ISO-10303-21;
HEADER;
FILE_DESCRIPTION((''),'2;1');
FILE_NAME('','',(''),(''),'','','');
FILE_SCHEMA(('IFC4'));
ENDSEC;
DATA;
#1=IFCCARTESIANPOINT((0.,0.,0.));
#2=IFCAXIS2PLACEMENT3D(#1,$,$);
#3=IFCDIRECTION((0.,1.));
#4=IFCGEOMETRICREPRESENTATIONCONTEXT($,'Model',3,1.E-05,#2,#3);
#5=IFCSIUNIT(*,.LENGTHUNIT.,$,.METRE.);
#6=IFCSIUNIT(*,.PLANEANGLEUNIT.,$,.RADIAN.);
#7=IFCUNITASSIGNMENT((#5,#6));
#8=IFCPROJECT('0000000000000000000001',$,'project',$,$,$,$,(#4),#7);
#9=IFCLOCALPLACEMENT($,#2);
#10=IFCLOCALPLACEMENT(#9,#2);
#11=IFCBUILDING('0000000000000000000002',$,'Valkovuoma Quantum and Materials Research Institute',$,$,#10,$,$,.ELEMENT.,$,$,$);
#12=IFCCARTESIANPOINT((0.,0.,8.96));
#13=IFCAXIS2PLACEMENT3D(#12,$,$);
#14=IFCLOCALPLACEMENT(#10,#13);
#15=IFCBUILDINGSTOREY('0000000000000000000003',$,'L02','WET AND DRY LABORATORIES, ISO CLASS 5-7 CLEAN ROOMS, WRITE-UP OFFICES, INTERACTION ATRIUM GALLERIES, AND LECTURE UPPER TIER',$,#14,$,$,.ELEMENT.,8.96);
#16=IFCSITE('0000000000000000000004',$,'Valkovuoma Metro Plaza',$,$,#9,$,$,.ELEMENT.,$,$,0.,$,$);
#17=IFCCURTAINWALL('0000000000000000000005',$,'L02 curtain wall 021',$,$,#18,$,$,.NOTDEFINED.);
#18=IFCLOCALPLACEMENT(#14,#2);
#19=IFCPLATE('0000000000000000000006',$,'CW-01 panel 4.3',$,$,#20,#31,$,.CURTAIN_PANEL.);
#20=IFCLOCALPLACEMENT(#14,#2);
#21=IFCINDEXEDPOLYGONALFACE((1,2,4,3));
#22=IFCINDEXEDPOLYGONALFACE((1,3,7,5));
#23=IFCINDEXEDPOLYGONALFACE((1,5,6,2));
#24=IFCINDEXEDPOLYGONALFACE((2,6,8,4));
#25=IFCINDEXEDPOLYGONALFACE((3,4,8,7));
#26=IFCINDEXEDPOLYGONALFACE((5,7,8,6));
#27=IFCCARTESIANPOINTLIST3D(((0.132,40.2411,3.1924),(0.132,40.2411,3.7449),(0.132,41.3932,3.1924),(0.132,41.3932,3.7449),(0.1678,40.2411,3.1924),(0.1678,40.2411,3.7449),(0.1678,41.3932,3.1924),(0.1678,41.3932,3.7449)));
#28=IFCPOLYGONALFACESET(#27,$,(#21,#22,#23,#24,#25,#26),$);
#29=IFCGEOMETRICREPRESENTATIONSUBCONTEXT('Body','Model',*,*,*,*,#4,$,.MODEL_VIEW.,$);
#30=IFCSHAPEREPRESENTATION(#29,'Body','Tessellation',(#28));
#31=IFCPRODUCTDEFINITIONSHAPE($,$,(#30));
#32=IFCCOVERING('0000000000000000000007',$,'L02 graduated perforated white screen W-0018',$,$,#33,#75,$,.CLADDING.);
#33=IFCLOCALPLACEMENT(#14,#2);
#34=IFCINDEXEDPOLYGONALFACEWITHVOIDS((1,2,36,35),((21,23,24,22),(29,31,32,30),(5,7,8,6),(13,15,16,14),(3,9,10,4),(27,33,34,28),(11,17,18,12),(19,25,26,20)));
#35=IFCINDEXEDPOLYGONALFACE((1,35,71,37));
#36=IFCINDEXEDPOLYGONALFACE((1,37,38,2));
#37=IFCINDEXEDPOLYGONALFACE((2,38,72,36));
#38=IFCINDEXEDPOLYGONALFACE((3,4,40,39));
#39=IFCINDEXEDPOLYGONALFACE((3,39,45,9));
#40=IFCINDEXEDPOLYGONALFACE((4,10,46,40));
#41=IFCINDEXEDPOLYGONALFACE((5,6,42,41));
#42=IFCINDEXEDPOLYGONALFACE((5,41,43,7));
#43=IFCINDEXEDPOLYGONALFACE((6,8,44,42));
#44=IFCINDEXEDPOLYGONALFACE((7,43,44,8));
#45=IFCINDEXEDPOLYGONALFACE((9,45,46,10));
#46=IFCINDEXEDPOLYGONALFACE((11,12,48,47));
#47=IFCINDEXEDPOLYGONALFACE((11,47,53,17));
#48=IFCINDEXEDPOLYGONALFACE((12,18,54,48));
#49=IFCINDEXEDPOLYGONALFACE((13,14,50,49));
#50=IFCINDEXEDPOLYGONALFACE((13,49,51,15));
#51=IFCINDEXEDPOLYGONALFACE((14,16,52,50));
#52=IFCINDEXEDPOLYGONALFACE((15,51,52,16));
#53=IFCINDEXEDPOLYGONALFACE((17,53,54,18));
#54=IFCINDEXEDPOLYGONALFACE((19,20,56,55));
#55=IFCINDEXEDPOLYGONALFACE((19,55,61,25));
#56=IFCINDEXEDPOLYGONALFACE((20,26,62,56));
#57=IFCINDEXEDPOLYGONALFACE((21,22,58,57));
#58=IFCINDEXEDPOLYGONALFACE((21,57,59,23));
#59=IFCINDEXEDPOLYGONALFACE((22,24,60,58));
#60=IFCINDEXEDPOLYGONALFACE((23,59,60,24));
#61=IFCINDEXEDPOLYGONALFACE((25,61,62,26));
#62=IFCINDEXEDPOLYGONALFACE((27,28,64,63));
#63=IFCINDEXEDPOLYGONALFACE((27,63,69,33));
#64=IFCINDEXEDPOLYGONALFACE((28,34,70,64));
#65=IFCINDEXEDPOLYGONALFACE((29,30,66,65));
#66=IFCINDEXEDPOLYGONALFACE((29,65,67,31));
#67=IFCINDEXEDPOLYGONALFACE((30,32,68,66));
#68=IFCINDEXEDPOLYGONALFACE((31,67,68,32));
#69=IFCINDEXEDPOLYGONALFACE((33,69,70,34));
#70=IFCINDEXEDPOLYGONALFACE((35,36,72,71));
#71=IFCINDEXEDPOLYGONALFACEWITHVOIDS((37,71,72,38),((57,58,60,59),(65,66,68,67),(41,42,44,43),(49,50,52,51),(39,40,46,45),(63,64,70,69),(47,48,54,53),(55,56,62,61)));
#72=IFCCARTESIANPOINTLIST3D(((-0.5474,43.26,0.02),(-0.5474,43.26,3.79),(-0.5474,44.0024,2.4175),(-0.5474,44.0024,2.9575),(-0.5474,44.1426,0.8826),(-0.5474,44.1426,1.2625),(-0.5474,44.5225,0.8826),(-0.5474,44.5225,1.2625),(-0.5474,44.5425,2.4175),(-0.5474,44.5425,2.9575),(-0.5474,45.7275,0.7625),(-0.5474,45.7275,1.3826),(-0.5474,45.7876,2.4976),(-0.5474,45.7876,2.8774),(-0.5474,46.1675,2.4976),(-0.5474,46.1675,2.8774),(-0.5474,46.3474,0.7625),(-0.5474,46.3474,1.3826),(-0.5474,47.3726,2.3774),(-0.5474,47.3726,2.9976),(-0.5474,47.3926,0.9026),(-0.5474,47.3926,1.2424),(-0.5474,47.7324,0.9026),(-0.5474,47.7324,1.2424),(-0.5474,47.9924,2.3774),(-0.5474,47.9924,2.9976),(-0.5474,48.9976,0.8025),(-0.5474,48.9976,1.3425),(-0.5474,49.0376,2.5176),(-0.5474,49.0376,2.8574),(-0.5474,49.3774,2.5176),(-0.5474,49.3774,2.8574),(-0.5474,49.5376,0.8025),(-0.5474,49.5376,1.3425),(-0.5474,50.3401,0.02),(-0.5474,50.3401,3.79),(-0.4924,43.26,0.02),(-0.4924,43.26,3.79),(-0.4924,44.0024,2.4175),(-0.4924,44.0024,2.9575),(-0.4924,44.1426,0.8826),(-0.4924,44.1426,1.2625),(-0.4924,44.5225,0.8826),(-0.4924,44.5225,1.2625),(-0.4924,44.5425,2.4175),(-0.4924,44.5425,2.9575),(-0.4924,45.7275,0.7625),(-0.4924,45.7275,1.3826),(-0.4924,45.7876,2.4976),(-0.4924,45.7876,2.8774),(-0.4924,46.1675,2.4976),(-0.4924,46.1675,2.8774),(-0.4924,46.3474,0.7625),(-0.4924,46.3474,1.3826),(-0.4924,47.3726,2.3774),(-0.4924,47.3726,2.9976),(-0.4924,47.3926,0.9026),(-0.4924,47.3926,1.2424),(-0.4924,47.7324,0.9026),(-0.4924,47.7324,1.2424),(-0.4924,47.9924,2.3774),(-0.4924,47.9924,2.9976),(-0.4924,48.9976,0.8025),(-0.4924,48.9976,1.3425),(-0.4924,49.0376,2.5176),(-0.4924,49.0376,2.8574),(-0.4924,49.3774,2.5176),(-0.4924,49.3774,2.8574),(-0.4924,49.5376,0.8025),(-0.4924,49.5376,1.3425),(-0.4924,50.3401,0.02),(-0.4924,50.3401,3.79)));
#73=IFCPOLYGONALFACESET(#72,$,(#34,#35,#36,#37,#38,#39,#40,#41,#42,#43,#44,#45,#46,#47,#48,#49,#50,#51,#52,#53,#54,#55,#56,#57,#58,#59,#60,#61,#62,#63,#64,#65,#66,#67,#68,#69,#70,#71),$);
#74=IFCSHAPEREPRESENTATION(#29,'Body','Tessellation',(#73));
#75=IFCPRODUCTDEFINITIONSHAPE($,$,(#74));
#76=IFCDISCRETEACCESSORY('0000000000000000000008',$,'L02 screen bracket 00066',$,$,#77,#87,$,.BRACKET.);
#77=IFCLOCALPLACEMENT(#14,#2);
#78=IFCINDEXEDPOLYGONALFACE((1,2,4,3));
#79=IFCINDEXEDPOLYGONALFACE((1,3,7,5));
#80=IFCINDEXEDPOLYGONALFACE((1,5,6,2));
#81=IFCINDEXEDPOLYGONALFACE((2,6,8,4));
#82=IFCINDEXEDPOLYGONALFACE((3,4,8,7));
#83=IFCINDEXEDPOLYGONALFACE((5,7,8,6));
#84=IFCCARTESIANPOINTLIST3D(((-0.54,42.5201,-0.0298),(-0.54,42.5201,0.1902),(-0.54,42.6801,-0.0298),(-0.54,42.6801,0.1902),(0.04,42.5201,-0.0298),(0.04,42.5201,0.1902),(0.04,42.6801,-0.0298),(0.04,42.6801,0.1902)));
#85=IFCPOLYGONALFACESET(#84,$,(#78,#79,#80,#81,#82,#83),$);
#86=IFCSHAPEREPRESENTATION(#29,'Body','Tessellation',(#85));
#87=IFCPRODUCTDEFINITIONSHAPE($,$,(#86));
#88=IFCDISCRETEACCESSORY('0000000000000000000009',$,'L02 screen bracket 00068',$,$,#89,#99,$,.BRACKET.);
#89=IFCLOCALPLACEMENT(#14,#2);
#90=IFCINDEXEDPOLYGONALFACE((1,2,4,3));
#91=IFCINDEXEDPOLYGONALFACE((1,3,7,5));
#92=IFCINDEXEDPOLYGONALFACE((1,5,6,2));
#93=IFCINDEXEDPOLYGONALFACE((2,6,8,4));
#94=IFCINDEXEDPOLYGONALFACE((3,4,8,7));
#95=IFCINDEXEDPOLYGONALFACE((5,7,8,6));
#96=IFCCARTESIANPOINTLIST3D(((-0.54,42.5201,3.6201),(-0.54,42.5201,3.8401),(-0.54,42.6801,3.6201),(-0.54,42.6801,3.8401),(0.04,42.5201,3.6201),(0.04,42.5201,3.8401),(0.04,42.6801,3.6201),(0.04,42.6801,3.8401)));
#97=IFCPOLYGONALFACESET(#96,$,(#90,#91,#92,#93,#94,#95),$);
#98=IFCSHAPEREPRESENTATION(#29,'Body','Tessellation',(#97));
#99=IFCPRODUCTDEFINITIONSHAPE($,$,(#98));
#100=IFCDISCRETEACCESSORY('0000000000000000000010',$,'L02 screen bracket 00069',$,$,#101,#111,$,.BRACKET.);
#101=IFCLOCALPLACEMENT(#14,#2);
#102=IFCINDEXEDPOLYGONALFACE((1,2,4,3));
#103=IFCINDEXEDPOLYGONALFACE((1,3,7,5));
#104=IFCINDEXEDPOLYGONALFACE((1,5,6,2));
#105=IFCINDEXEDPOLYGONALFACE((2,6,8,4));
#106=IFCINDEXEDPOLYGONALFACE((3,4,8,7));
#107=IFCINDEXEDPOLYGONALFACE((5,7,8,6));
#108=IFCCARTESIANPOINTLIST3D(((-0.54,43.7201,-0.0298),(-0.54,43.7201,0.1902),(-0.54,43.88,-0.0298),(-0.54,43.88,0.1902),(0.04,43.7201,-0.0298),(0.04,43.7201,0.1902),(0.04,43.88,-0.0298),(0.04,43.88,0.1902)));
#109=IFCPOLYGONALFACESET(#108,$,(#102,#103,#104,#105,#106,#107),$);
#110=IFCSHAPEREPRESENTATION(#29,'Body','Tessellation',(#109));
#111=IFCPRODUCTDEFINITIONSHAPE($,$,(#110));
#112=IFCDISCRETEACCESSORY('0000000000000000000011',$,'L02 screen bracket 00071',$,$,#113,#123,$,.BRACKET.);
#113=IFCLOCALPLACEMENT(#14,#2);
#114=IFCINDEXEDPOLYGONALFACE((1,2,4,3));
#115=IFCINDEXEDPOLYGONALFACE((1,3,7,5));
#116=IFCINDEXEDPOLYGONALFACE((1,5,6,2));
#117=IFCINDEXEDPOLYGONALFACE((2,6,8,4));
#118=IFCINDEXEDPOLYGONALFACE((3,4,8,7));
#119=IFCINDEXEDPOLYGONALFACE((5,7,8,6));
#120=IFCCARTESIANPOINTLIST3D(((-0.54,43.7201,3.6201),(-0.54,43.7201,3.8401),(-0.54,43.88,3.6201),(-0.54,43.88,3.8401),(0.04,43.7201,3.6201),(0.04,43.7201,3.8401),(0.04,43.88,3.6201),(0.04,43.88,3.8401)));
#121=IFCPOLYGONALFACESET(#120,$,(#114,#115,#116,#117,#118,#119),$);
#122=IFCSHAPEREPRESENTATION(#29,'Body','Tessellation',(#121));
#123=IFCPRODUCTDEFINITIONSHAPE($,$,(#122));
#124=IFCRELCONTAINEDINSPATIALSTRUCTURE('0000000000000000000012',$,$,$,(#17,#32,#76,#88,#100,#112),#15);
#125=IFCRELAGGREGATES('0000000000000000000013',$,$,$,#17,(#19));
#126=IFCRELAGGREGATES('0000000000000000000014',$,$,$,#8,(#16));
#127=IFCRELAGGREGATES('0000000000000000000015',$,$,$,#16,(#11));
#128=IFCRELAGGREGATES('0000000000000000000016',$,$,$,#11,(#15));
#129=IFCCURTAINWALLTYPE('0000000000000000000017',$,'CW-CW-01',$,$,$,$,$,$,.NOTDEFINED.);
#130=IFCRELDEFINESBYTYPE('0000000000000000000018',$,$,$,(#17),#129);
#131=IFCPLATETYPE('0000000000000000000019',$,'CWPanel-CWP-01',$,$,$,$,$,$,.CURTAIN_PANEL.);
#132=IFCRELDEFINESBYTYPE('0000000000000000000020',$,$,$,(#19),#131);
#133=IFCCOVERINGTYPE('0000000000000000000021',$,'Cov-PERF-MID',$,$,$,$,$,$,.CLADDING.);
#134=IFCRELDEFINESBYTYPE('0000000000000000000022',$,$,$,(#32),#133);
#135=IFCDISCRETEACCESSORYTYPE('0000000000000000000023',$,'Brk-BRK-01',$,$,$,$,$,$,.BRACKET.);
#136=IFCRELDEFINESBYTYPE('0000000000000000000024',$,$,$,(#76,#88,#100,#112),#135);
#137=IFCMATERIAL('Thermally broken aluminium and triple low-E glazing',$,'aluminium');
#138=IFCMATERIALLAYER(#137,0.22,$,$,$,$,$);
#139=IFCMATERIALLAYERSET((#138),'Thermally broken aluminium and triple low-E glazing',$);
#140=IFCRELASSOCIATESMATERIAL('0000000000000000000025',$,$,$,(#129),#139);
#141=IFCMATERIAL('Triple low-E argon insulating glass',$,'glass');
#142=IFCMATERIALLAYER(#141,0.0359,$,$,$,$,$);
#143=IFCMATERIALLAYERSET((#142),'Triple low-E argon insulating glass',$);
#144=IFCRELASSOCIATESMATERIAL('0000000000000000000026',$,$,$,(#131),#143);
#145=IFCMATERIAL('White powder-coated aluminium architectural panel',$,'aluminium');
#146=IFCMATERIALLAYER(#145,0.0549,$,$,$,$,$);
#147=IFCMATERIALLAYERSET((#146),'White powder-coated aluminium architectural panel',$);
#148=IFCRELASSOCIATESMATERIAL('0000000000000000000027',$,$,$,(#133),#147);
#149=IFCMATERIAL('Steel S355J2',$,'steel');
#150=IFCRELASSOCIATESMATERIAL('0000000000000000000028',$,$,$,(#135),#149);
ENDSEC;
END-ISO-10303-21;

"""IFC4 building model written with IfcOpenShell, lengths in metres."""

from ifc_helpers import new_model, si_unit, direction, frame, origin, origin_2d, place, context, subcontext, project, spatial, polyline, rectangle, outline, extrude, material, layer, layer_set, type_object, element, aggregate, save


model = new_model("IFC4")

# Units and contexts
model_context = context("Model", 3, precision=1e-05, world=origin(), true_north=direction((0.0, 1.0)))
body_context = subcontext(model_context, "Body", "Model", "MODEL_VIEW")
ifc_project = project(units=[si_unit("LENGTHUNIT", "METRE"), si_unit("PLANEANGLEUNIT", "RADIAN")], contexts=[model_context])

# Site, building, storey
site_placement = place(None, origin())
site = spatial("IfcSite", under=ifc_project, at=site_placement, Name="Valkovuoma Metro Plaza", CompositionType="ELEMENT", RefElevation=0.0)
building_placement = place(site_placement, origin())
building = spatial("IfcBuilding", under=site, at=building_placement, Name="Valkovuoma Quantum and Materials Research Institute", CompositionType="ELEMENT")
storey_placement = place(building_placement, frame((0.0, 0.0, 8.96)))
storey = spatial("IfcBuildingStorey", under=building, at=storey_placement, Name="L02", Description="WET AND DRY LABORATORIES, ISO CLASS 5-7 CLEAN ROOMS, WRITE-UP OFFICES, INTERACTION ATRIUM GALLERIES, AND LECTURE UPPER TIER", CompositionType="ELEMENT", Elevation=8.96)

# Curtain wall, plate
ifc_material_1 = material(Name="Thermally broken aluminium and triple low-E glazing", Category="aluminium")
ifc_layer_1 = layer(ifc_material_1, 0.22)
ifc_layer_set_1 = layer_set([ifc_layer_1], Name="Thermally broken aluminium and triple low-E glazing")
curtain_wall_type = type_object("IfcCurtainWallType", Name="CW-CW-01", PredefinedType="NOTDEFINED", material=ifc_layer_set_1)
curtain_wall_placement = place(storey_placement, origin())
curtain_wall = element("IfcCurtainWall", 1, at=curtain_wall_placement, inside=storey, type_object=curtain_wall_type, Name="L02 curtain wall 021", PredefinedType="NOTDEFINED")
ifc_material_2 = material(Name="Triple low-E argon insulating glass", Category="glass")
ifc_layer_2 = layer(ifc_material_2, 0.0359)
ifc_layer_set_2 = layer_set([ifc_layer_2], Name="Triple low-E argon insulating glass")
plate_type = type_object("IfcPlateType", Name="CWPanel-CWP-01", PredefinedType="CURTAIN_PANEL", material=ifc_layer_set_2)
plate_1_placement = place(storey_placement, frame((0.1499, 40.8171, 3.1924), z_axis=(0.0, 0.0, 1.0), x_axis=(0.0, 1.0, 0.0)))
plate_1 = element("IfcPlate", 2, at=plate_1_placement, type_object=plate_type, Name="CW-01 panel 4.3", PredefinedType="CURTAIN_PANEL", context=body_context, shape_type="SweptSolid", body=[
    extrude(rectangle(XDim=1.1521, YDim=0.0359, at=origin_2d()), origin(), (0.0, 0.0, 1.0), 0.5525),
])
aggregate(curtain_wall, [plate_1])

# Covering
ifc_material_3 = material(Name="White powder-coated aluminium architectural panel", Category="aluminium")
ifc_layer_3 = layer(ifc_material_3, 0.0549)
ifc_layer_set_3 = layer_set([ifc_layer_3], Name="White powder-coated aluminium architectural panel")
covering_type = type_object("IfcCoveringType", Name="Cov-PERF-MID", PredefinedType="CLADDING", material=ifc_layer_set_3)
covering_placement = place(storey_placement, frame((-0.52, 43.26, 0.02), z_axis=(0.0, 0.0, 1.0), x_axis=(0.0, 1.0, 0.0)))
element("IfcCovering", 3, at=covering_placement, inside=storey, type_object=covering_type, Name="L02 graduated perforated white screen W-0018", PredefinedType="CLADDING", context=body_context, shape_type="SweptSolid", body=[
    extrude(outline(polyline([(0.0, 0.0), (7.0801, 0.0), (7.0801, 3.77), (0.0, 3.77), (0.0, 0.0)]), holes=[polyline([(0.8826, 0.8625), (0.8826, 1.2424), (1.2625, 1.2424), (1.2625, 0.8625), (0.8826, 0.8625)]), polyline([(0.7424, 2.3975), (0.7424, 2.9375), (1.2825, 2.9375), (1.2825, 2.3975), (0.7424, 2.3975)]), polyline([(2.4675, 0.7424), (2.4675, 1.3625), (3.0874, 1.3625), (3.0874, 0.7424), (2.4675, 0.7424)]), polyline([(2.5276, 2.4775), (2.5276, 2.8574), (2.9075, 2.8574), (2.9075, 2.4775), (2.5276, 2.4775)]), polyline([(4.1326, 0.8826), (4.1326, 1.2224), (4.4724, 1.2224), (4.4724, 0.8826), (4.1326, 0.8826)]), polyline([(4.1125, 2.3574), (4.1125, 2.9775), (4.7324, 2.9775), (4.7324, 2.3574), (4.1125, 2.3574)]), polyline([(5.7375, 0.7825), (5.7375, 1.3225), (6.2776, 1.3225), (6.2776, 0.7825), (5.7375, 0.7825)]), polyline([(5.7776, 2.4976), (5.7776, 2.8374), (6.1174, 2.8374), (6.1174, 2.4976), (5.7776, 2.4976)])]), frame((0.0, 0.0273, 0.0), z_axis=(0.0, -1.0, 0.0), x_axis=(1.0, 0.0, 0.0)), (0.0, 0.0, 1.0), 0.0549),
])

# Discrete accessories
ifc_material_4 = material(Name="Steel S355J2", Category="steel")
discrete_accessory_type = type_object("IfcDiscreteAccessoryType", Name="Brk-BRK-01", PredefinedType="BRACKET", material=ifc_material_4)
for number, where, z_axis, x_axis, name in (
    (4, (-0.25, 42.6001, -0.0298), (0.0, 0.0, 1.0), (1.0, 0.0, 0.0), "L02 screen bracket 00066"),
    (5, (-0.25, 42.6001, 3.6201), (0.0, 0.0, 1.0), (1.0, 0.0, 0.0), "L02 screen bracket 00068"),
    (6, (-0.25, 43.8, -0.0298), (0.0, 0.0, 1.0), (1.0, 0.0, 0.0), "L02 screen bracket 00069"),
    (7, (-0.25, 43.8, 3.6201), (0.0, 0.0, 1.0), (1.0, 0.0, 0.0), "L02 screen bracket 00071"),
):
    element("IfcDiscreteAccessory", number, at=place(storey_placement, frame(where, z_axis=z_axis, x_axis=x_axis)), inside=storey, type_object=discrete_accessory_type, Name=name, PredefinedType="BRACKET", context=body_context, shape_type="SweptSolid", body=[
        extrude(rectangle(XDim=0.5801, YDim=0.1599, at=origin_2d()), origin(), (0.0, 0.0, 1.0), 0.22),
    ])

save(model, "model.ifc")
